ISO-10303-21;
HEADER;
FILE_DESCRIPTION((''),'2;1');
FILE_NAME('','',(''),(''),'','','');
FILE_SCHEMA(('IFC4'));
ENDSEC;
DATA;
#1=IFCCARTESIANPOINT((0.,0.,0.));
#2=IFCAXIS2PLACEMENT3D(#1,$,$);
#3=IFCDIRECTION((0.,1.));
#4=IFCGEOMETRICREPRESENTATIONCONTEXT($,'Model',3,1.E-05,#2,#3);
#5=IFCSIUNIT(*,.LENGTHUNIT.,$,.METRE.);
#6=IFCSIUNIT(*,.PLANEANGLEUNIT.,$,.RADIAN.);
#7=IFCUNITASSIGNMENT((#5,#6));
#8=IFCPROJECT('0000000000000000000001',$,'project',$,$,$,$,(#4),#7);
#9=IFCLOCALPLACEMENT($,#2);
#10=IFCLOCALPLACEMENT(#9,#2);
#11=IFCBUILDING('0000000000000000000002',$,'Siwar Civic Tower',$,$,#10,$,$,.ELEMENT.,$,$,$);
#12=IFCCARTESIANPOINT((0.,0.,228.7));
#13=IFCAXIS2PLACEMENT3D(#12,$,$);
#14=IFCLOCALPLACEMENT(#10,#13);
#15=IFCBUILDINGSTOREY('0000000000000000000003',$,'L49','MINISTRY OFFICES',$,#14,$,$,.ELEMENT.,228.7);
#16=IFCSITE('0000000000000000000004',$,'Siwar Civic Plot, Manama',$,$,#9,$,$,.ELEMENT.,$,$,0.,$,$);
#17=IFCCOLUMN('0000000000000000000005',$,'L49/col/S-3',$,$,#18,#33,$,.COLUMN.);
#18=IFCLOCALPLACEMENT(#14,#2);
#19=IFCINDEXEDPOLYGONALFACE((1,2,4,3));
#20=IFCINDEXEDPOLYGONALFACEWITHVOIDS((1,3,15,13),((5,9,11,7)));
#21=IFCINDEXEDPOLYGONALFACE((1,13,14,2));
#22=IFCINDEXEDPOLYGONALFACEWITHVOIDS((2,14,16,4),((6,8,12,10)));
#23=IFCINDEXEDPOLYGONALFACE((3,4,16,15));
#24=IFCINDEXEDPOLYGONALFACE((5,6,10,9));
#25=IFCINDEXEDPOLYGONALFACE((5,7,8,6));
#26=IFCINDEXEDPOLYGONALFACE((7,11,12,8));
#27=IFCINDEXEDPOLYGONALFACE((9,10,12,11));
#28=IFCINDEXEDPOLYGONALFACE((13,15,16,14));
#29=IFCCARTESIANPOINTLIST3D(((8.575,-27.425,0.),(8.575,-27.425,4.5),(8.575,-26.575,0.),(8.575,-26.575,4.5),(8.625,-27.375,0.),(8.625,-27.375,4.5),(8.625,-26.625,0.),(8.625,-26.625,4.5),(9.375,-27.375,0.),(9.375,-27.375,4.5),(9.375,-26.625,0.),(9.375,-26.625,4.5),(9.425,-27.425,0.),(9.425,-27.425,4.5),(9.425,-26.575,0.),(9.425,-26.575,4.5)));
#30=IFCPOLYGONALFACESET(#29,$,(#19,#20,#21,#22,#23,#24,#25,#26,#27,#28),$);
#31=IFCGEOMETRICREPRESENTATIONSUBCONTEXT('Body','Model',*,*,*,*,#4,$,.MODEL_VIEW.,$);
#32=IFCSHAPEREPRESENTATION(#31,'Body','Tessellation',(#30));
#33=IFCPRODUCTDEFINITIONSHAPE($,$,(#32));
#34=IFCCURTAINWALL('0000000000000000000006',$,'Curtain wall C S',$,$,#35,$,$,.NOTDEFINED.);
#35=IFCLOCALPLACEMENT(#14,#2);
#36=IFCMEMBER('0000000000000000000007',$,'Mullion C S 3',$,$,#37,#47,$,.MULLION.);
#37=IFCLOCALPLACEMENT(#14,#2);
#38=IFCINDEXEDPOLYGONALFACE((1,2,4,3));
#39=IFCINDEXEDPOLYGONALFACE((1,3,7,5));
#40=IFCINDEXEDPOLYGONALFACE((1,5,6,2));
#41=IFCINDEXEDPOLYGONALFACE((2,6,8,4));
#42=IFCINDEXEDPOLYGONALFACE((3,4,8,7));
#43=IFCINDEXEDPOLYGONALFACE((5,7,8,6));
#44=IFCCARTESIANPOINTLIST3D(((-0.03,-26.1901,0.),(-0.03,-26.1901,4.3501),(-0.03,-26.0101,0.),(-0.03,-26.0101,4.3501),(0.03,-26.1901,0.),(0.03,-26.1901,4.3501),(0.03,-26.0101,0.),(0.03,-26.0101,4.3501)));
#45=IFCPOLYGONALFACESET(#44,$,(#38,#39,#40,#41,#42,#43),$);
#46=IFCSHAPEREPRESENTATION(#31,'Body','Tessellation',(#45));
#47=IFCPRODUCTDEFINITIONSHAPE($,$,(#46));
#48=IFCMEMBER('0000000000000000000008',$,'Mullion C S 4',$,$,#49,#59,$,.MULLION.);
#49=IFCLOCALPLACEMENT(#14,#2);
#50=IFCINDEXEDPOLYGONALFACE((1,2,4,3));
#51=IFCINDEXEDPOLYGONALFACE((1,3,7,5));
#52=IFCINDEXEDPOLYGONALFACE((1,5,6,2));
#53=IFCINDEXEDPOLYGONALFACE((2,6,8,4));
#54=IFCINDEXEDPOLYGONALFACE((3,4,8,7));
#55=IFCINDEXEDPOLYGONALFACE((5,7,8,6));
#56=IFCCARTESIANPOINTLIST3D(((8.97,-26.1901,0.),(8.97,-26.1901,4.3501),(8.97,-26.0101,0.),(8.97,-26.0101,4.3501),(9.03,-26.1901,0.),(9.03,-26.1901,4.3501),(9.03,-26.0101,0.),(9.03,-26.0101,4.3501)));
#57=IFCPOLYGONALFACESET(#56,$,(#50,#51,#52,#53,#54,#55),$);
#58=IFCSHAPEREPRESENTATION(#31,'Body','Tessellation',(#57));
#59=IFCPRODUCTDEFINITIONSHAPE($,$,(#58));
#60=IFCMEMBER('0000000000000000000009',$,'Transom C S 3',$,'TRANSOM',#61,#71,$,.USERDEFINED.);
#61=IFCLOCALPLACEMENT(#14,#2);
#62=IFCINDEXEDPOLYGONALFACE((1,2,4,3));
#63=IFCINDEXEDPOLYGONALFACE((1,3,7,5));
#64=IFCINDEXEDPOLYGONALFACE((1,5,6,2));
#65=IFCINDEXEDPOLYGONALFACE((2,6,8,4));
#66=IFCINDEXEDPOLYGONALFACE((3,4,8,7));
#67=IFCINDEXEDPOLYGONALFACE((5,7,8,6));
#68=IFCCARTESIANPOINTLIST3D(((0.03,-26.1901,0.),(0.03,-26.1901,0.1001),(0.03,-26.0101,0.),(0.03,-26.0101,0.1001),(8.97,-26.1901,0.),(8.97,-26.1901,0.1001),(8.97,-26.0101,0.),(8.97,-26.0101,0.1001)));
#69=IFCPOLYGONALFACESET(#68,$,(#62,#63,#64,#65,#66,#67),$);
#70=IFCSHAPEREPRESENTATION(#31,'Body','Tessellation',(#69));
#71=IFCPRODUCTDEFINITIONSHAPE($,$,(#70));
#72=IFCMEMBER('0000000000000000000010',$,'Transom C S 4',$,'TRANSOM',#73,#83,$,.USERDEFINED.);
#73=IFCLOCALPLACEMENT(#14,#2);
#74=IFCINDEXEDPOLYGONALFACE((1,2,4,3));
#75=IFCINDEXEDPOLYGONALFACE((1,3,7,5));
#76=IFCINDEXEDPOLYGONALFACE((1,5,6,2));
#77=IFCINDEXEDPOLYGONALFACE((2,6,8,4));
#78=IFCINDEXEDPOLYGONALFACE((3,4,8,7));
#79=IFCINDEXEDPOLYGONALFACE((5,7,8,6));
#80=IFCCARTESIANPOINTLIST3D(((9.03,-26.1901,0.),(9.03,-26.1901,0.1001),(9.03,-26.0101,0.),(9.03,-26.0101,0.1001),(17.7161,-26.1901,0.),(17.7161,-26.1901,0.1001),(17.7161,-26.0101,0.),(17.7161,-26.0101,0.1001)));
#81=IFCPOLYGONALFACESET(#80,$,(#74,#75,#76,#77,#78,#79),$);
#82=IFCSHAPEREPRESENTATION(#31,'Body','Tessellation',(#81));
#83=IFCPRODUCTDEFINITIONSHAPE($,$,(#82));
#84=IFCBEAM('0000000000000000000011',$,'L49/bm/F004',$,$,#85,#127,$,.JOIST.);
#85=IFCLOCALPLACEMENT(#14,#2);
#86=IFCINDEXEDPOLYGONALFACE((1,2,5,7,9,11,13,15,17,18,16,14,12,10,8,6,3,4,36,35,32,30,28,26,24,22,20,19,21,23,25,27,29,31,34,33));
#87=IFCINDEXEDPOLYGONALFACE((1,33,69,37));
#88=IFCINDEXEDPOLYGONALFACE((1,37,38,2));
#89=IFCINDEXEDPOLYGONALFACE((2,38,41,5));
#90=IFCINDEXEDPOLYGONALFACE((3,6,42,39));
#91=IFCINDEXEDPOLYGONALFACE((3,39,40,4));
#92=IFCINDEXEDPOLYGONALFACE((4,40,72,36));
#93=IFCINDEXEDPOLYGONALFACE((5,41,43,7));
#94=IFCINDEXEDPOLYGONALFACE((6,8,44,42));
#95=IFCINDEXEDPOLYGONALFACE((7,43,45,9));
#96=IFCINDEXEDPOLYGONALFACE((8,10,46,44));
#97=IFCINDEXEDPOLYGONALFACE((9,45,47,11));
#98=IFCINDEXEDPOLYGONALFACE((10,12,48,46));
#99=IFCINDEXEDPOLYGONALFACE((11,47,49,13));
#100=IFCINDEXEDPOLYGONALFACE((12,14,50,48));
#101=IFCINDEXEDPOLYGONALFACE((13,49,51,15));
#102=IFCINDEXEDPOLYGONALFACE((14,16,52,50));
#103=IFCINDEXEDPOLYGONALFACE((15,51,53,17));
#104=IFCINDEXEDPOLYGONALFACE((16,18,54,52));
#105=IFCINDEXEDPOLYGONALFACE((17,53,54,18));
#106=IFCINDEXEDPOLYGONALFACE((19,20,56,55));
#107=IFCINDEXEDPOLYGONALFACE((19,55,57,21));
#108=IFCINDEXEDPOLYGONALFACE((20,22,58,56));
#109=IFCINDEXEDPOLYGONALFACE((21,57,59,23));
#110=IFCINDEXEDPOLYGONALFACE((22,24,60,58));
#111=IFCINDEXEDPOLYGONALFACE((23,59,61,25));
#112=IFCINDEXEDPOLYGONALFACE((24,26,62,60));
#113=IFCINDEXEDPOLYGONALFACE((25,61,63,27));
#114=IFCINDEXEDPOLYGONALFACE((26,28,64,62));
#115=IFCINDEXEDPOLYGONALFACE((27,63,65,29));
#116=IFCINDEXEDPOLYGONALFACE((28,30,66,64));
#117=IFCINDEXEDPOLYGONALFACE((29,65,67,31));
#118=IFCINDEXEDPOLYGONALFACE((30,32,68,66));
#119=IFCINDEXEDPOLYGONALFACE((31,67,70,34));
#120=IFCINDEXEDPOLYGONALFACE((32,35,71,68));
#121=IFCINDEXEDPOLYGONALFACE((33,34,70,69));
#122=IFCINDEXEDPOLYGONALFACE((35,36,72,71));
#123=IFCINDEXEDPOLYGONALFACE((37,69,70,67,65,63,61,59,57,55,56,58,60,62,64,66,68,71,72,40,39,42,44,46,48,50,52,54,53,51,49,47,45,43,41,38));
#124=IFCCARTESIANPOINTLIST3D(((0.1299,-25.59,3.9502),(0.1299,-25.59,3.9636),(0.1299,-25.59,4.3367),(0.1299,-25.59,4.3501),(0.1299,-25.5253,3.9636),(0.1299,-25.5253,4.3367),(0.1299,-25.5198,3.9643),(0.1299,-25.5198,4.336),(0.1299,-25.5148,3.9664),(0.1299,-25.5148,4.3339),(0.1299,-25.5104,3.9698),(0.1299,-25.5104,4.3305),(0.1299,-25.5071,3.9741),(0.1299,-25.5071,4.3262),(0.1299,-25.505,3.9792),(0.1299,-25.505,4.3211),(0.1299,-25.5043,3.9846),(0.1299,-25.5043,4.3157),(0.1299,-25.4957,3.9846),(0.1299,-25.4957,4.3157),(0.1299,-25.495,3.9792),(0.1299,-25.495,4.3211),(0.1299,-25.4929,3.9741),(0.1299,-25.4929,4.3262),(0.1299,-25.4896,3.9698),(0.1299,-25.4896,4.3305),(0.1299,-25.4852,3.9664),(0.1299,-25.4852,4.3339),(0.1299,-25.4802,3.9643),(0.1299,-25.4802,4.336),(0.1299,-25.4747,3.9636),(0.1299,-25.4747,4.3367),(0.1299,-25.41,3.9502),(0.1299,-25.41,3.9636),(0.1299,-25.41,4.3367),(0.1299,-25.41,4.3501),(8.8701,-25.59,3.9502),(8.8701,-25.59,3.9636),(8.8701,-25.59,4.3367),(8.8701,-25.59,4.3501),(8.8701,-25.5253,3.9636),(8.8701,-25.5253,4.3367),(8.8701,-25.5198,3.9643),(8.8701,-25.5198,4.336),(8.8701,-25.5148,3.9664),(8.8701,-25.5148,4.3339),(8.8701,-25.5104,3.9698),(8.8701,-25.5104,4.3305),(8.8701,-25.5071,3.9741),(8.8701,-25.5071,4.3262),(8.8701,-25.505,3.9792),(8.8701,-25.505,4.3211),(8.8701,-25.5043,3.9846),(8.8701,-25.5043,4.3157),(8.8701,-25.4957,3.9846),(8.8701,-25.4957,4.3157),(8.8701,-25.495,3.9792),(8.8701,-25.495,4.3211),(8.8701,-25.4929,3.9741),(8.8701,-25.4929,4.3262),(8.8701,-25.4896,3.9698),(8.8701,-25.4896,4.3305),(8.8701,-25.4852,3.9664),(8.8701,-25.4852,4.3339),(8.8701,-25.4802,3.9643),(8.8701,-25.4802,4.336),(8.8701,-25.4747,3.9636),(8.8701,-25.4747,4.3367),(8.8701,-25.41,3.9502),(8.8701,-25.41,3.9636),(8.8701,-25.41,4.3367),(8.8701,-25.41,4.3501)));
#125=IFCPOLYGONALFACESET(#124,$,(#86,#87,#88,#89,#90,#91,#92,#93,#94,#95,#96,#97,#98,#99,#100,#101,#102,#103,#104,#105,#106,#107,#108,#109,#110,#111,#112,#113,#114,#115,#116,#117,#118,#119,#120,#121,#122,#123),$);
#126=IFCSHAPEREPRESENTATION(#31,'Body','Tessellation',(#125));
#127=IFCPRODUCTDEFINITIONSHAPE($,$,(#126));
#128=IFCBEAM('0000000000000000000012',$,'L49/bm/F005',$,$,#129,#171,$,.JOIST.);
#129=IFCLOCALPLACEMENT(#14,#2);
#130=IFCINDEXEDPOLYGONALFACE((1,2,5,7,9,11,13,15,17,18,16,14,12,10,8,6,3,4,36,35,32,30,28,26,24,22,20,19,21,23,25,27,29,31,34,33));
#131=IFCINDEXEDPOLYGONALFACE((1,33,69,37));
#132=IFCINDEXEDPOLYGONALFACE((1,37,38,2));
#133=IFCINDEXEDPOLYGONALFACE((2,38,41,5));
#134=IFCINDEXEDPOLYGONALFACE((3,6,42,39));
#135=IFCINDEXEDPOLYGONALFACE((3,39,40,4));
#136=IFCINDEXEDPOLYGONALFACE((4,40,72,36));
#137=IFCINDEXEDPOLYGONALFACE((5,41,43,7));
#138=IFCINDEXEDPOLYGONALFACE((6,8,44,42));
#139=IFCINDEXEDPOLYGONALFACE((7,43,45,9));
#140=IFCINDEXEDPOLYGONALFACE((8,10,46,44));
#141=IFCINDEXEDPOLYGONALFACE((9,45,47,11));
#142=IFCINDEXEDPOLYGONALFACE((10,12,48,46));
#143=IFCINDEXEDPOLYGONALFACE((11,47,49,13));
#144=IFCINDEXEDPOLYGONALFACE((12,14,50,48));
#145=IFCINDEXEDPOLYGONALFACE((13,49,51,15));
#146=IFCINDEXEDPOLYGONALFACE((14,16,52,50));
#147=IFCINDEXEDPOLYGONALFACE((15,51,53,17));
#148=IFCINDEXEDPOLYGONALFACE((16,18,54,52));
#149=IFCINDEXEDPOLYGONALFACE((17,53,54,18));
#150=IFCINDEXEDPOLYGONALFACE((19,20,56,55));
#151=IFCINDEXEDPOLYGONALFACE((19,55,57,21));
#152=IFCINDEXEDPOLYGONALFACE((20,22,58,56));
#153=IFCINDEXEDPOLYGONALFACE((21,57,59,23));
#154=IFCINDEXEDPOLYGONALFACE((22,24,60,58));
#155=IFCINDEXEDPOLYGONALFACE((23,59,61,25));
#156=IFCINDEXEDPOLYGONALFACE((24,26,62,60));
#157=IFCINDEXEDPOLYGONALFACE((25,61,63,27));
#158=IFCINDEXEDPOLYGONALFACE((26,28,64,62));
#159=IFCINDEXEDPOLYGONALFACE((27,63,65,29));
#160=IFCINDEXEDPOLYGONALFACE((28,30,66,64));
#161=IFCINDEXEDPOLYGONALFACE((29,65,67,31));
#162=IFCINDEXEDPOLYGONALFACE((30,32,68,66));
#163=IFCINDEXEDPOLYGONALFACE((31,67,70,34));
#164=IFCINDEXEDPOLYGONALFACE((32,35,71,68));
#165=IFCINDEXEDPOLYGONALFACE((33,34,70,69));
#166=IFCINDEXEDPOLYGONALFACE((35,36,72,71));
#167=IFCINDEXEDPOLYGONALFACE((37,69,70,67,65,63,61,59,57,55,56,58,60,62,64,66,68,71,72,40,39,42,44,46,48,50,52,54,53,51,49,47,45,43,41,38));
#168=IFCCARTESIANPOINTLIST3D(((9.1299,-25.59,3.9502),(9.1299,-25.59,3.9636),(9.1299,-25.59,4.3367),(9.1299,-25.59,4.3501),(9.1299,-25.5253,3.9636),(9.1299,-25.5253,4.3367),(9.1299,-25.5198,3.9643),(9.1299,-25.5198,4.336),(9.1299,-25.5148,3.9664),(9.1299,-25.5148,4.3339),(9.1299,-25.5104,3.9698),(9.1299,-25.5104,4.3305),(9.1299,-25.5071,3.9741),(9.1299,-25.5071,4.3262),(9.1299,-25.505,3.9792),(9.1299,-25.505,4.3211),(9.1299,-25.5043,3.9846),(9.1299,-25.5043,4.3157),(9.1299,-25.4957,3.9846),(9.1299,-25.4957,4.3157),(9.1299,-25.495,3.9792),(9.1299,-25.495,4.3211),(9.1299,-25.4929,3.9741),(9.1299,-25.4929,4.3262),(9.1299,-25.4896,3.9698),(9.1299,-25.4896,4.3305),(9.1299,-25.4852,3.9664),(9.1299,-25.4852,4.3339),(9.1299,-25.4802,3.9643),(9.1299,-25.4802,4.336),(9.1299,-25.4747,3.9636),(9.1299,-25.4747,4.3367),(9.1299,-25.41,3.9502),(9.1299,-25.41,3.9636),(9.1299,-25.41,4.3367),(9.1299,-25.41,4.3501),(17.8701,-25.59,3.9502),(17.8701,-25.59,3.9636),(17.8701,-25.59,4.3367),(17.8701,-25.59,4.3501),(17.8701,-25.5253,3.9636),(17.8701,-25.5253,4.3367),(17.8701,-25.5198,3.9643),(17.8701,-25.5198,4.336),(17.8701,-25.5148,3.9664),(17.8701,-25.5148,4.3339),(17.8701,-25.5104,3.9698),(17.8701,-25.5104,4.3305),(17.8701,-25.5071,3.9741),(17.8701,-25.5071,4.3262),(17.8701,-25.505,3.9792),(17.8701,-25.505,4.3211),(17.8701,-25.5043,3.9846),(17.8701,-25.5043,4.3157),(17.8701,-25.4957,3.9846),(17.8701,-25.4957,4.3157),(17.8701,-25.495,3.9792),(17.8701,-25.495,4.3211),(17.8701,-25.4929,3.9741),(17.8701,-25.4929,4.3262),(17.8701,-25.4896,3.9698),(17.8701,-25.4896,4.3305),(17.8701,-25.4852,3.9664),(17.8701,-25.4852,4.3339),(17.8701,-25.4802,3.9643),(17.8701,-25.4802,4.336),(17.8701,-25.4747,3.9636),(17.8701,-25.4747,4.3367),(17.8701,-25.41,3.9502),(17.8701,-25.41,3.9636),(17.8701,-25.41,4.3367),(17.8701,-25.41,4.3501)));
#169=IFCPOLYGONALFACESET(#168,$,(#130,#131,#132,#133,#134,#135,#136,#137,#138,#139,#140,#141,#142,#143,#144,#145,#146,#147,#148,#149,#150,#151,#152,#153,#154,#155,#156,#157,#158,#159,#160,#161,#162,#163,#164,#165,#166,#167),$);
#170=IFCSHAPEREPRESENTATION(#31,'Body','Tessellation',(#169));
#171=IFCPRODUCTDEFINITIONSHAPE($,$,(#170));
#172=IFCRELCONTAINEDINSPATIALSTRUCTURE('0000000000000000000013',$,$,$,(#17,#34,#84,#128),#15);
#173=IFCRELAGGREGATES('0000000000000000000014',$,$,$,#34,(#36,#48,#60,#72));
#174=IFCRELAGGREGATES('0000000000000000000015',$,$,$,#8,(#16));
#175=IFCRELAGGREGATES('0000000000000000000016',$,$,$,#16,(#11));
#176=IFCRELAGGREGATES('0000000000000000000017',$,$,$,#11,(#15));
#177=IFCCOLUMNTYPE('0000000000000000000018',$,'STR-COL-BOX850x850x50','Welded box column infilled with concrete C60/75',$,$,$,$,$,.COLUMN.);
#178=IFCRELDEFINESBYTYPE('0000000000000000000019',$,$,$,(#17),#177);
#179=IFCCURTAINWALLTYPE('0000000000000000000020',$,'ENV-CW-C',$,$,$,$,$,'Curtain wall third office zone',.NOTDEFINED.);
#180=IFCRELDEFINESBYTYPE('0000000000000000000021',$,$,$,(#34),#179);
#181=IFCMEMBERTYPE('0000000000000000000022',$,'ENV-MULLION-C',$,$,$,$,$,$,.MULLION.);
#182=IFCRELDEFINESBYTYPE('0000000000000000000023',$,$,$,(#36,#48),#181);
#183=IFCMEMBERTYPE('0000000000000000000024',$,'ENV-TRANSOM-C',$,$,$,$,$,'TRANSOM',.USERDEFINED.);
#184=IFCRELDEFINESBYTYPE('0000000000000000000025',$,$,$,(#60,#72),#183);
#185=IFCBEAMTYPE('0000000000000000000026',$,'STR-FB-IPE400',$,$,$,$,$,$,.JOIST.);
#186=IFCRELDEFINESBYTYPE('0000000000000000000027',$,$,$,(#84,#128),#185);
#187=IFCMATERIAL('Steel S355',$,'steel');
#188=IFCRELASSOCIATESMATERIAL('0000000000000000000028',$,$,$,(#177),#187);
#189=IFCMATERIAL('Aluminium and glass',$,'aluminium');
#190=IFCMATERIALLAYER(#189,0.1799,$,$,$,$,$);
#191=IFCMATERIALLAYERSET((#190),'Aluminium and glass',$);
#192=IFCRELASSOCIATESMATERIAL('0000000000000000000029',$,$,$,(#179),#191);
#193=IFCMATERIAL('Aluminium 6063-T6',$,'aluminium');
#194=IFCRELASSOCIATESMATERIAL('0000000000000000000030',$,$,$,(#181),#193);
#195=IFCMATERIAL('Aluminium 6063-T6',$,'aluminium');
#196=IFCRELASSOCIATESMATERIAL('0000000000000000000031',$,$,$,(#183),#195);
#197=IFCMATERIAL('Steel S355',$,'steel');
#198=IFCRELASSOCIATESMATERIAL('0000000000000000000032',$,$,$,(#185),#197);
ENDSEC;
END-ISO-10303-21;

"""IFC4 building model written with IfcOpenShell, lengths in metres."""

from ifc_helpers import new_model, si_unit, direction, frame, origin, origin_2d, place, context, subcontext, project, spatial, rectangle, hollow_rectangle, i_section, extrude, material, layer, layer_set, material_profile, profile_set, type_object, element, aggregate, save


model = new_model("IFC4")

# Units and contexts
model_context = context("Model", 3, precision=1e-05, world=origin(), true_north=direction((0.0, 1.0)))
body_context = subcontext(model_context, "Body", "Model", "MODEL_VIEW")
ifc_project = project(units=[si_unit("LENGTHUNIT", "METRE"), si_unit("PLANEANGLEUNIT", "RADIAN")], contexts=[model_context])

# Site, building, storey
site_placement = place(None, origin())
site = spatial("IfcSite", under=ifc_project, at=site_placement, Name="Siwar Civic Plot, Manama", CompositionType="ELEMENT", RefElevation=0.0)
building_placement = place(site_placement, origin())
building = spatial("IfcBuilding", under=site, at=building_placement, Name="Siwar Civic Tower", CompositionType="ELEMENT")
storey_placement = place(building_placement, frame((0.0, 0.0, 228.7)))
storey = spatial("IfcBuildingStorey", under=building, at=storey_placement, Name="L49", Description="MINISTRY OFFICES", CompositionType="ELEMENT", Elevation=228.7)

# Column
ifc_material_1 = material(Name="Steel S355", Category="steel")
ifc_material_profile_1 = material_profile(ifc_material_1, hollow_rectangle(XDim=0.8501, YDim=0.8501, WallThickness=0.05, at=origin_2d()), Name="BOX850x850x50")
ifc_profile_set_1 = profile_set([ifc_material_profile_1], Name="Steel S355")
column_type = type_object("IfcColumnType", Name="STR-COL-BOX850x850x50", Description="Welded box column infilled with concrete C60/75", PredefinedType="COLUMN", material=ifc_profile_set_1)
column_placement = place(storey_placement, frame((9.0, -27.0, 0.0), z_axis=(0.0, 0.0, 1.0), x_axis=(1.0, 0.0, 0.0)))
element("IfcColumn", 1, at=column_placement, inside=storey, type_object=column_type, Name="L49/col/S-3", PredefinedType="COLUMN", context=body_context, shape_type="SweptSolid", body=[
    extrude(hollow_rectangle(XDim=0.8501, YDim=0.8501, WallThickness=0.05, at=origin_2d()), origin(), (0.0, 0.0, 1.0), 4.5),
])

# Curtain wall, members
ifc_material_2 = material(Name="Aluminium and glass", Category="aluminium")
ifc_layer_1 = layer(ifc_material_2, 0.1799)
ifc_layer_set_1 = layer_set([ifc_layer_1], Name="Aluminium and glass")
curtain_wall_type = type_object("IfcCurtainWallType", Name="ENV-CW-C", ElementType="Curtain wall third office zone", PredefinedType="NOTDEFINED", material=ifc_layer_set_1)
curtain_wall_placement = place(storey_placement, origin())
curtain_wall = element("IfcCurtainWall", 2, at=curtain_wall_placement, inside=storey, type_object=curtain_wall_type, Name="Curtain wall C S", PredefinedType="NOTDEFINED")
ifc_material_3 = material(Name="Aluminium 6063-T6", Category="aluminium")
ifc_material_profile_2 = material_profile(ifc_material_3, rectangle(XDim=0.1799, YDim=0.0601, at=origin_2d()), Name="AL 180x60")
ifc_profile_set_2 = profile_set([ifc_material_profile_2], Name="Aluminium 6063-T6")
member_type_1 = type_object("IfcMemberType", Name="ENV-MULLION-C", PredefinedType="MULLION", material=ifc_profile_set_2)
member_1_placement = place(storey_placement, frame((0.0, -26.1001, 0.0), z_axis=(0.0, 0.0, 1.0), x_axis=(0.0, 1.0, 0.0)))
member_1 = element("IfcMember", 3, at=member_1_placement, type_object=member_type_1, Name="Mullion C S 3", PredefinedType="MULLION", context=body_context, shape_type="SweptSolid", body=[
    extrude(rectangle(XDim=0.1799, YDim=0.0601, at=origin_2d()), origin(), (0.0, 0.0, 1.0), 4.3501),
])
member_2_placement = place(storey_placement, frame((9.0, -26.1001, 0.0), z_axis=(0.0, 0.0, 1.0), x_axis=(0.0, 1.0, 0.0)))
member_2 = element("IfcMember", 4, at=member_2_placement, type_object=member_type_1, Name="Mullion C S 4", PredefinedType="MULLION", context=body_context, shape_type="SweptSolid", body=[
    extrude(rectangle(XDim=0.1799, YDim=0.0601, at=origin_2d()), origin(), (0.0, 0.0, 1.0), 4.3501),
])
ifc_material_4 = material(Name="Aluminium 6063-T6", Category="aluminium")
ifc_material_profile_3 = material_profile(ifc_material_4, rectangle(XDim=0.1799, YDim=0.1001, at=origin_2d()), Name="AL 180x100")
ifc_profile_set_3 = profile_set([ifc_material_profile_3], Name="Aluminium 6063-T6")
member_type_2 = type_object("IfcMemberType", Name="ENV-TRANSOM-C", ElementType="TRANSOM", PredefinedType="USERDEFINED", material=ifc_profile_set_3)
member_3_placement = place(storey_placement, frame((0.03, -26.1001, 0.05), z_axis=(1.0, 0.0, 0.0), x_axis=(0.0, 1.0, 0.0)))
member_3 = element("IfcMember", 5, at=member_3_placement, type_object=member_type_2, Name="Transom C S 3", ObjectType="TRANSOM", PredefinedType="USERDEFINED", context=body_context, shape_type="SweptSolid", body=[
    extrude(rectangle(XDim=0.1799, YDim=0.1001, at=origin_2d()), origin(), (0.0, 0.0, 1.0), 8.9399),
])
member_4_placement = place(storey_placement, frame((9.03, -26.1001, 0.05), z_axis=(1.0, 0.0, 0.0), x_axis=(0.0, 1.0, 0.0)))
member_4 = element("IfcMember", 6, at=member_4_placement, type_object=member_type_2, Name="Transom C S 4", ObjectType="TRANSOM", PredefinedType="USERDEFINED", context=body_context, shape_type="SweptSolid", body=[
    extrude(rectangle(XDim=0.1799, YDim=0.1001, at=origin_2d()), origin(), (0.0, 0.0, 1.0), 8.686),
])

# Beams
ifc_material_5 = material(Name="Steel S355", Category="steel")
ifc_material_profile_4 = material_profile(ifc_material_5, i_section(OverallWidth=0.1799, OverallDepth=0.3999, WebThickness=0.0085, FlangeThickness=0.0134, FilletRadius=0.021, at=origin_2d()), Name="IPE400")
ifc_profile_set_4 = profile_set([ifc_material_profile_4], Name="Steel S355")
beam_type_1 = type_object("IfcBeamType", Name="STR-FB-IPE400", PredefinedType="JOIST", material=ifc_profile_set_4)
for number, where, z_axis, x_axis, name in (
    (7, (0.1299, -25.5, 4.1501), (1.0, 0.0, 0.0), (0.0, 1.0, 0.0), "L49/bm/F004"),
    (8, (9.1299, -25.5, 4.1501), (1.0, 0.0, 0.0), (0.0, 1.0, 0.0), "L49/bm/F005"),
):
    element("IfcBeam", number, at=place(storey_placement, frame(where, z_axis=z_axis, x_axis=x_axis)), inside=storey, type_object=beam_type_1, Name=name, PredefinedType="JOIST", context=body_context, shape_type="SweptSolid", body=[
        extrude(i_section(OverallWidth=0.1799, OverallDepth=0.3999, WebThickness=0.0085, FlangeThickness=0.0134, FilletRadius=0.021, at=origin_2d()), origin(), (0.0, 0.0, 1.0), 8.7402),
    ])

aggregate(curtain_wall, [member_1, member_2, member_3, member_4])

save(model, "model.ifc")
